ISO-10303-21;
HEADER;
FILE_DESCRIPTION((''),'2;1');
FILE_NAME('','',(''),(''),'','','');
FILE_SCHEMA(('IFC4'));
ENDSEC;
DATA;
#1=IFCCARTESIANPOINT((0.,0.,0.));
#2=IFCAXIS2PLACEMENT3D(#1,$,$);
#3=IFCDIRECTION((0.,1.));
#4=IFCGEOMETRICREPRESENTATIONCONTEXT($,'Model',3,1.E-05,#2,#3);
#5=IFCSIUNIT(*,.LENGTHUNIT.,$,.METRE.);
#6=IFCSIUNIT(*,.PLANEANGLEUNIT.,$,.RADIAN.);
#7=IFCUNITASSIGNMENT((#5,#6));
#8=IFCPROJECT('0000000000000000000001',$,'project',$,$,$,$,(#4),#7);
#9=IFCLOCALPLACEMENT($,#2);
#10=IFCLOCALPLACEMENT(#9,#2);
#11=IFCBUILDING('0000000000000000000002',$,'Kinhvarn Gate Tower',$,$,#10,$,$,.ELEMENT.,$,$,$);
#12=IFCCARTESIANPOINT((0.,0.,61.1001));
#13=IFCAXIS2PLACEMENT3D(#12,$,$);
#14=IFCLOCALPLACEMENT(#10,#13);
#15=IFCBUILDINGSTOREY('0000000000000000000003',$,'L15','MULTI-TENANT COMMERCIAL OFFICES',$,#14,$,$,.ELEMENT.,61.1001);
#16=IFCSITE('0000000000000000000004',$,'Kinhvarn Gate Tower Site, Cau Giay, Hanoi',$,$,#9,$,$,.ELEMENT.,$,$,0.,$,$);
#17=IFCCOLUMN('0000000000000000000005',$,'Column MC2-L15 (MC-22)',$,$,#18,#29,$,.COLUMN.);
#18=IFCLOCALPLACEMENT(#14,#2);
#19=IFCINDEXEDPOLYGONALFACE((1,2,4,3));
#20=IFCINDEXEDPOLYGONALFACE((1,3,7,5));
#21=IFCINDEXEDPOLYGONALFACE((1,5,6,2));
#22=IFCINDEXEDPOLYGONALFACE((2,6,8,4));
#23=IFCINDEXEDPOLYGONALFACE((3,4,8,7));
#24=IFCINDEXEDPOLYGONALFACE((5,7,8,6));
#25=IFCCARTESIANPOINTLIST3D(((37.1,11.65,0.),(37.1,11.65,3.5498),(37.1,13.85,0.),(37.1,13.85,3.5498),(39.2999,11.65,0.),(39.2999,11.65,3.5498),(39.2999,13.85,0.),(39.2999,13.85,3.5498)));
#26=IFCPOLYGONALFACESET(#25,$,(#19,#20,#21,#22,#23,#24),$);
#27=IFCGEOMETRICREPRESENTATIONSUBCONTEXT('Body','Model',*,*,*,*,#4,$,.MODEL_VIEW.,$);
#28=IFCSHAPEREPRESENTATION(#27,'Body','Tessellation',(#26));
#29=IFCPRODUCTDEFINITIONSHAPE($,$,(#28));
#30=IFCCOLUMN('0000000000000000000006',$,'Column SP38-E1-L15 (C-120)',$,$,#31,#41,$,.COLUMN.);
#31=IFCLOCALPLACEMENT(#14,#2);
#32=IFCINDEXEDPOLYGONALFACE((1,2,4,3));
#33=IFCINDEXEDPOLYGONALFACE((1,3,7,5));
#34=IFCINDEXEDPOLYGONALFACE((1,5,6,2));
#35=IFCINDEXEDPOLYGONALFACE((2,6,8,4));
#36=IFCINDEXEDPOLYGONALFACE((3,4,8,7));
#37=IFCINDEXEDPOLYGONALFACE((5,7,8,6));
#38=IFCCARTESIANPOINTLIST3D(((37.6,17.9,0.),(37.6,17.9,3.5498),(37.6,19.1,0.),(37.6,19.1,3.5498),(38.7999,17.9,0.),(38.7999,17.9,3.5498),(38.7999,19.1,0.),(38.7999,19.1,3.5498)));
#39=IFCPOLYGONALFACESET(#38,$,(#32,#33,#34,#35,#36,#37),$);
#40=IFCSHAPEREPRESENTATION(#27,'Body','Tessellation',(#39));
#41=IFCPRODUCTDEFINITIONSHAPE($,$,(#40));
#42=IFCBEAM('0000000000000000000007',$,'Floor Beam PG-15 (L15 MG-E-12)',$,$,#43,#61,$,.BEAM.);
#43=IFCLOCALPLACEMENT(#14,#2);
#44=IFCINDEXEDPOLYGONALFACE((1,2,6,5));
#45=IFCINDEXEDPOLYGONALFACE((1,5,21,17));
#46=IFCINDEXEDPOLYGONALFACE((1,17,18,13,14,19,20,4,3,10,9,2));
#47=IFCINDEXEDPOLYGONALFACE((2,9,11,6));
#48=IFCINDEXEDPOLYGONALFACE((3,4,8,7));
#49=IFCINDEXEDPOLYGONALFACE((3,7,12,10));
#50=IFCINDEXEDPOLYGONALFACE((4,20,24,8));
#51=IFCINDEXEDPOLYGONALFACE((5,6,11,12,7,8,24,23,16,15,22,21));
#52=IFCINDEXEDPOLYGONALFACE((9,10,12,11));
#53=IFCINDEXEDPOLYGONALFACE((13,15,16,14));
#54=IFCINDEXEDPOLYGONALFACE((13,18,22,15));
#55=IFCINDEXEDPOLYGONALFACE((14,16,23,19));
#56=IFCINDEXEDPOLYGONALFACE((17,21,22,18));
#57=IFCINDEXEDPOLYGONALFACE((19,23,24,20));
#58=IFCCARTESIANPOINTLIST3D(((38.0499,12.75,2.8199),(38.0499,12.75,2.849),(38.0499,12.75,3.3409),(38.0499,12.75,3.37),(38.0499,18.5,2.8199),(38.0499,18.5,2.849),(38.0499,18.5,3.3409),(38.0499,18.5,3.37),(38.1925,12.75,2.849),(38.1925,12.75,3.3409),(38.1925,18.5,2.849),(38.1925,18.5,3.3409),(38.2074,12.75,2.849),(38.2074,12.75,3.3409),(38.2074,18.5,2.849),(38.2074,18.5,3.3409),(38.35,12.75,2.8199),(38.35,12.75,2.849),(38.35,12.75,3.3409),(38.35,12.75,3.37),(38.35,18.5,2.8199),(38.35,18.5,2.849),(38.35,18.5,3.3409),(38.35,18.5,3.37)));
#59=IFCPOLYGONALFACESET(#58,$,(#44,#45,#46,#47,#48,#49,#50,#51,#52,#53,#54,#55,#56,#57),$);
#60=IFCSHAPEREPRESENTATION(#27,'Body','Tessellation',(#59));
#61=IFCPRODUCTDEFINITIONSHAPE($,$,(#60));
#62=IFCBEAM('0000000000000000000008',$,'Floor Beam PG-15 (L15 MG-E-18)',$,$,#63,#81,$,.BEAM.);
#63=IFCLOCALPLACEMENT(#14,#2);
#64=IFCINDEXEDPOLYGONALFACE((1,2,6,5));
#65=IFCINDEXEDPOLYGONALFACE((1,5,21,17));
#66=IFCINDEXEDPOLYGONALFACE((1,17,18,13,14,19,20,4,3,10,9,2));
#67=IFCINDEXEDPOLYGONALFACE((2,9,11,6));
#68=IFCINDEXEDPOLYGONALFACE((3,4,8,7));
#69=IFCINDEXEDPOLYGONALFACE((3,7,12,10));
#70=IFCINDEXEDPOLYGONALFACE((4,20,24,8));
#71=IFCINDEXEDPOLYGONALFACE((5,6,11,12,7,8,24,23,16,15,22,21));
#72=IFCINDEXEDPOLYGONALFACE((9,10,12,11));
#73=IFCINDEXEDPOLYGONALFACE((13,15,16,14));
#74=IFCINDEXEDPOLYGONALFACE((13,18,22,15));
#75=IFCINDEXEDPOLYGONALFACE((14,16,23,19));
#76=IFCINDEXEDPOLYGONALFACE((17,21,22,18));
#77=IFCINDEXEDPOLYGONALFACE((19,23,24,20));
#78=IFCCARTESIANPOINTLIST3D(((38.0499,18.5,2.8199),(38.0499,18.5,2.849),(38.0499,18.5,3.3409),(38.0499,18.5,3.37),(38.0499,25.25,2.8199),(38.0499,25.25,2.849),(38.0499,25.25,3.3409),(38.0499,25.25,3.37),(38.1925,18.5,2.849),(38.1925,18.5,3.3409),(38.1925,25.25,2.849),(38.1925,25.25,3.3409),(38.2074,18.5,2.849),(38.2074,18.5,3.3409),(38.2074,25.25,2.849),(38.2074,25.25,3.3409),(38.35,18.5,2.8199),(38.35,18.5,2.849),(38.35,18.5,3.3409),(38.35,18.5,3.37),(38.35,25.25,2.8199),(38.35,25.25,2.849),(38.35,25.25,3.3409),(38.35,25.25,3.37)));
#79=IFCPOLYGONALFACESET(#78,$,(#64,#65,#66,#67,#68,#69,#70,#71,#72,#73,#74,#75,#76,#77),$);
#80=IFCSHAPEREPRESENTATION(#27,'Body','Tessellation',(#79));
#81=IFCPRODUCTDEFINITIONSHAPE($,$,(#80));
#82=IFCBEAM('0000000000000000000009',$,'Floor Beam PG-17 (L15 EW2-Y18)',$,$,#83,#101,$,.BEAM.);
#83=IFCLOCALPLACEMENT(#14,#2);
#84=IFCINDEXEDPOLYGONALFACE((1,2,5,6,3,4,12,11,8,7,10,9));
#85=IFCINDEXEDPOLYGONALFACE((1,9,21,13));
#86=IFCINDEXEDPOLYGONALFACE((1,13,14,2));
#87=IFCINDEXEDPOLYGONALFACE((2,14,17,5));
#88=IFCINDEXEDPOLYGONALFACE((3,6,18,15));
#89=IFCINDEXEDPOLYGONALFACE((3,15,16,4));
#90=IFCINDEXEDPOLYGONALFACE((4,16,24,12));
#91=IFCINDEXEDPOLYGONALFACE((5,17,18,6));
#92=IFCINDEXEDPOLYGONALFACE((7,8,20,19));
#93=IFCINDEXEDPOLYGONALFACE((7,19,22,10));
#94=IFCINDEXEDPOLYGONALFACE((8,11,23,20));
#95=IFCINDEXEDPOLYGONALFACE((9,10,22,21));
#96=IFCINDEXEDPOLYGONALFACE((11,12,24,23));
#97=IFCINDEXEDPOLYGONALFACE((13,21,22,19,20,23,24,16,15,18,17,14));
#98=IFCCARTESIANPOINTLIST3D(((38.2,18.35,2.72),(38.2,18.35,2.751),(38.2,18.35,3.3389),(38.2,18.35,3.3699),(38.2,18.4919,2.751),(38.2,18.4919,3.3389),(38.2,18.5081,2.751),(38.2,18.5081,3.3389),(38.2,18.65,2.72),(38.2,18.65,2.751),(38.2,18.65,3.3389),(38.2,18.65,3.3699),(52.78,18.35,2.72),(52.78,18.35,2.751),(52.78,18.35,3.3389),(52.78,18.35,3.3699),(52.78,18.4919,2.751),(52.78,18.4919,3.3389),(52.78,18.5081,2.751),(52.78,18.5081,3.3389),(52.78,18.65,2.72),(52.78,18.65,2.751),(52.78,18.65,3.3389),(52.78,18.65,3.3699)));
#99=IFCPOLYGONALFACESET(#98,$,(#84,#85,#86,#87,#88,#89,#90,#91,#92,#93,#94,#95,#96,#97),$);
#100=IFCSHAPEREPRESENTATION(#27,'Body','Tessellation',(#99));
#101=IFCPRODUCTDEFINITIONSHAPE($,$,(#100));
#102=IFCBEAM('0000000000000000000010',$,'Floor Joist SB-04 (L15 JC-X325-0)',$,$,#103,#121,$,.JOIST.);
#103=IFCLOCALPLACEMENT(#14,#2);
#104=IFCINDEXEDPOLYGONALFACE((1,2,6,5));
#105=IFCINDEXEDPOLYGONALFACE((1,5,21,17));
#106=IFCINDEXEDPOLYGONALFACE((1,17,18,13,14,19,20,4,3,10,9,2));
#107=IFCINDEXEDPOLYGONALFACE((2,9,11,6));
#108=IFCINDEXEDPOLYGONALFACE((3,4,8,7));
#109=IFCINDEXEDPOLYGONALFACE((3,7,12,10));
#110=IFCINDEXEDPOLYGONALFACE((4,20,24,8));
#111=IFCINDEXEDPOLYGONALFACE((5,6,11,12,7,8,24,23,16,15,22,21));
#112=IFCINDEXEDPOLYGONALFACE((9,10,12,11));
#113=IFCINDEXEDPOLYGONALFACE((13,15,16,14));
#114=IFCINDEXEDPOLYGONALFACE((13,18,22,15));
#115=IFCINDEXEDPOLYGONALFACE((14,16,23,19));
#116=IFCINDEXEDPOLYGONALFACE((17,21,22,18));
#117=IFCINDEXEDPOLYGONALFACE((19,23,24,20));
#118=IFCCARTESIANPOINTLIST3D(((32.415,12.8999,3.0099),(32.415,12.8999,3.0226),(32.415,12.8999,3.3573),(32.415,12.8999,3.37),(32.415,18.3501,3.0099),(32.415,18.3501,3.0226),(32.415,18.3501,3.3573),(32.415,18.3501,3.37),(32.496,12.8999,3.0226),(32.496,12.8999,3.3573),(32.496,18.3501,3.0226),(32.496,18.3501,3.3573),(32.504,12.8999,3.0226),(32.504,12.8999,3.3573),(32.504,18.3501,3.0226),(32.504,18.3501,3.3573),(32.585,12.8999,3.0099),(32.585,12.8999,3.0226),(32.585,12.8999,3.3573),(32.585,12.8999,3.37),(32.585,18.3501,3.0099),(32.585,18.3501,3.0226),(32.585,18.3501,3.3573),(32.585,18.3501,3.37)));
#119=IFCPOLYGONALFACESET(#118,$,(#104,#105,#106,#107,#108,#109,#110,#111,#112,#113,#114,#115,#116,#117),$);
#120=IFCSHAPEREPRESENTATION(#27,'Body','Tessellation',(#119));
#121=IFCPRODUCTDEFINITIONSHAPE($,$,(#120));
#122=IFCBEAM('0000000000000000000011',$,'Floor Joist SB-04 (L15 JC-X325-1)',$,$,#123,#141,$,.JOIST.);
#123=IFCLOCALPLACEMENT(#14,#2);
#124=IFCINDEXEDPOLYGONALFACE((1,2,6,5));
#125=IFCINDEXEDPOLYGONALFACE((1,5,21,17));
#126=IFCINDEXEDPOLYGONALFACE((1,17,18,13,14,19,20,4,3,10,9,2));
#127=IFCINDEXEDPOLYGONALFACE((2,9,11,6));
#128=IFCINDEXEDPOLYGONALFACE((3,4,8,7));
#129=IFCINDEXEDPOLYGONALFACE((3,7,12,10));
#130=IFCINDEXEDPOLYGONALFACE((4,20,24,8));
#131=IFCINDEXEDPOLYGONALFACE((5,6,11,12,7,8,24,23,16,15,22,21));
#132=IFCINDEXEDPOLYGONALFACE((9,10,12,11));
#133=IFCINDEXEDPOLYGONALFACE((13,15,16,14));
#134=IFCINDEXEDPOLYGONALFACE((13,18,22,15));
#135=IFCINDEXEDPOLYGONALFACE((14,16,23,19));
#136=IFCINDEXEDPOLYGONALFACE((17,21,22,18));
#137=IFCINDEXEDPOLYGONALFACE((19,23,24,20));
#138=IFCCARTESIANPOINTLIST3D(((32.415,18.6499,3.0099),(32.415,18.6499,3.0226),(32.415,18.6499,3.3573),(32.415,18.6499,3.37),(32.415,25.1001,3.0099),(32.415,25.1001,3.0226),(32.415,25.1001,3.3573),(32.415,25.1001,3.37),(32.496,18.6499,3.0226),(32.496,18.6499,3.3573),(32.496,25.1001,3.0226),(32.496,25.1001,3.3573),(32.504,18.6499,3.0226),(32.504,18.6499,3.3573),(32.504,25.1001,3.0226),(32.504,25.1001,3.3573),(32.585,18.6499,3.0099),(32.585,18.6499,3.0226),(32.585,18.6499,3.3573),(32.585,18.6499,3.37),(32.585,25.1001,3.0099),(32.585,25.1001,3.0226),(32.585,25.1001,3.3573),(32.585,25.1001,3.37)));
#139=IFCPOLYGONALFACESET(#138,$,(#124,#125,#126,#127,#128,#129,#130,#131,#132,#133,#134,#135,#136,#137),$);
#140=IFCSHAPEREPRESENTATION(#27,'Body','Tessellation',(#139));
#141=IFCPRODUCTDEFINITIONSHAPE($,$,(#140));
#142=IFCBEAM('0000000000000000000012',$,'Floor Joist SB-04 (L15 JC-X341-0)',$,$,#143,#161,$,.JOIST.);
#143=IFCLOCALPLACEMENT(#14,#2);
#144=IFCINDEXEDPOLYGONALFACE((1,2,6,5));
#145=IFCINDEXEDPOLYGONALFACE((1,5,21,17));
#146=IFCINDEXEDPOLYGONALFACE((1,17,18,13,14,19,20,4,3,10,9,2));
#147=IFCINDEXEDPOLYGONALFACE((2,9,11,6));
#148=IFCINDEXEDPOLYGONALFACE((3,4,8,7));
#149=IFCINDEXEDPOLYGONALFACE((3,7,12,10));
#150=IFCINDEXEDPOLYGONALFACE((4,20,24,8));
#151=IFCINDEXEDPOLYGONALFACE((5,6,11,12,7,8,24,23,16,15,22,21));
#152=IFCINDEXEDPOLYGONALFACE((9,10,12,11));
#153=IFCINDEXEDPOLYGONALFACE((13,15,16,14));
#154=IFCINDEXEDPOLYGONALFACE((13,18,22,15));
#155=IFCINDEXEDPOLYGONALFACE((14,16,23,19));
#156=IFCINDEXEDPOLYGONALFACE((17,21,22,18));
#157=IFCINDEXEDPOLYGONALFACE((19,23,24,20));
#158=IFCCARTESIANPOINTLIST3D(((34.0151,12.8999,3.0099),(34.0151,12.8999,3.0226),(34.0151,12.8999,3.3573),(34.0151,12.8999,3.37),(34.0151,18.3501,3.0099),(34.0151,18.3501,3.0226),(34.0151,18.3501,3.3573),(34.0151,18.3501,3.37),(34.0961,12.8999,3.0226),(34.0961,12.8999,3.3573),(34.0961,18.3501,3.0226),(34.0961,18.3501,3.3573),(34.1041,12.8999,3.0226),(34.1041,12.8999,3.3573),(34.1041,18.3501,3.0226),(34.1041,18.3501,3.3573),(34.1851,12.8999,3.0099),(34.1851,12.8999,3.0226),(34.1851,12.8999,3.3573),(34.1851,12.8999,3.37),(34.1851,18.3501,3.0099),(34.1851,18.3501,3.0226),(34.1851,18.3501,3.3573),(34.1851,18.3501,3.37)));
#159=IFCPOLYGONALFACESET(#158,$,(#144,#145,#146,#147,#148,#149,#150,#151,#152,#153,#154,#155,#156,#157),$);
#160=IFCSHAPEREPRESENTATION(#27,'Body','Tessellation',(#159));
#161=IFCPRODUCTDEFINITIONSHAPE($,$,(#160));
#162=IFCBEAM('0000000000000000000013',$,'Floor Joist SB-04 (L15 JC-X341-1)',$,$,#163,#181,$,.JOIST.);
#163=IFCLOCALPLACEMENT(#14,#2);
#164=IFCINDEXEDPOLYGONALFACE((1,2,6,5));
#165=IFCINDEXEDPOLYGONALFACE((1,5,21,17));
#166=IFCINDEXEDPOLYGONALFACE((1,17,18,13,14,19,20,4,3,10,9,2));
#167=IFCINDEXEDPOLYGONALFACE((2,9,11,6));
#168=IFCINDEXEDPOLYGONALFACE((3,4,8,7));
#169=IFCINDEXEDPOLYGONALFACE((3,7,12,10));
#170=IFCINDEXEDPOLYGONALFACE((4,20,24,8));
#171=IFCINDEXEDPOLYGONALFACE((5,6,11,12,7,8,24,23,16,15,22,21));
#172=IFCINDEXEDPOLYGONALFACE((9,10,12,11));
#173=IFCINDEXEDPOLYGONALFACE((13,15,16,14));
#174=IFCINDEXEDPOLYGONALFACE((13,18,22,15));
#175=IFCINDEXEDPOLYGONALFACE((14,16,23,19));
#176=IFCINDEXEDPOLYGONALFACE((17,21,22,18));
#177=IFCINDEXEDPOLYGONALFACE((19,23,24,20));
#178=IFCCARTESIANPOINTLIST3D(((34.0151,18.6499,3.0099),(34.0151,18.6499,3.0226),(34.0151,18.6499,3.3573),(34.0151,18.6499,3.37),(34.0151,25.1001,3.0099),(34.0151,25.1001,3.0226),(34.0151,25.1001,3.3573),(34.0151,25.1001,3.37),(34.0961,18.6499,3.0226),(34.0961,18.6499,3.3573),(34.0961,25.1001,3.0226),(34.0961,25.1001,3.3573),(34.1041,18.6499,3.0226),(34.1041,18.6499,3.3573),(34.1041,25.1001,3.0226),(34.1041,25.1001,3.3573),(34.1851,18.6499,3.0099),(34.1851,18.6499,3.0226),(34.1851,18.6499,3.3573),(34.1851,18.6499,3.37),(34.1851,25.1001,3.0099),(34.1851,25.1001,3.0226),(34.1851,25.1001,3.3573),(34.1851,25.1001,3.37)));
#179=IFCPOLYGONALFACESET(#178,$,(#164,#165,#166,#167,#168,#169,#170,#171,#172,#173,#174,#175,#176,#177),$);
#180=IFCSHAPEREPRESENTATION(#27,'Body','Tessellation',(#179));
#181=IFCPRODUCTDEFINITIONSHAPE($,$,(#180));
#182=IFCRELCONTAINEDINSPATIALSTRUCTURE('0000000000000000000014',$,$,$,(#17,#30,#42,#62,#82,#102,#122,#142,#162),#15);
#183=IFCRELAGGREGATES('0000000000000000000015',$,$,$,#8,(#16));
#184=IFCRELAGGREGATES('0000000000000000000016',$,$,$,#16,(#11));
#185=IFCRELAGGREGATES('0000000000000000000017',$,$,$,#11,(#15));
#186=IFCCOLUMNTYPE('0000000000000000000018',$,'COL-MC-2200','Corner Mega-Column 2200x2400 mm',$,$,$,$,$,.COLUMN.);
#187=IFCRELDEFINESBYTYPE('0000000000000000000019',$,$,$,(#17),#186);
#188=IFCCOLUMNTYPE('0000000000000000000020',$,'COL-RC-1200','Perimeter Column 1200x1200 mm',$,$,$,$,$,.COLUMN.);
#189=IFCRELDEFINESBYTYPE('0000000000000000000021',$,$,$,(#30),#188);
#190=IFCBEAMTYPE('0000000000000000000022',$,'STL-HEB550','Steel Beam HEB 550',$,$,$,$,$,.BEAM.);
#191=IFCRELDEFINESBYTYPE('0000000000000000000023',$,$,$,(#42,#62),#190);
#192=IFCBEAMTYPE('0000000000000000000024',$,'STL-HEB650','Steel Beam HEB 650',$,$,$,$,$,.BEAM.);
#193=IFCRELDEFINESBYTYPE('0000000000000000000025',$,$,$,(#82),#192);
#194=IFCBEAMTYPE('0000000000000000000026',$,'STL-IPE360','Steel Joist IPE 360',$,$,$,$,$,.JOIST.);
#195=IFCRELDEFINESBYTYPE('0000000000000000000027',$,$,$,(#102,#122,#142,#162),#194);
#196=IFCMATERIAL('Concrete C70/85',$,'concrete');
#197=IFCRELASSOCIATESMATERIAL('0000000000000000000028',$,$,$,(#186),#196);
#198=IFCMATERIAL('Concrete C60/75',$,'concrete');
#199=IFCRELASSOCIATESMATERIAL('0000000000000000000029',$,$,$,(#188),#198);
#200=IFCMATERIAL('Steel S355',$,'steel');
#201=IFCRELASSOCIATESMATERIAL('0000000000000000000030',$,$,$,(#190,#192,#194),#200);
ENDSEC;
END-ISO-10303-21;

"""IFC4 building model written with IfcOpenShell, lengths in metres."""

from ifc_helpers import new_model, si_unit, direction, frame, origin, origin_2d, place, context, subcontext, project, spatial, rectangle, i_section, extrude, material, material_profile, profile_set, type_object, element, save


model = new_model("IFC4")

# Units and contexts
model_context = context("Model", 3, precision=1e-05, world=origin(), true_north=direction((0.0, 1.0)))
body_context = subcontext(model_context, "Body", "Model", "MODEL_VIEW")
ifc_project = project(units=[si_unit("LENGTHUNIT", "METRE"), si_unit("PLANEANGLEUNIT", "RADIAN")], contexts=[model_context])

# Site, building, storey
site_placement = place(None, origin())
site = spatial("IfcSite", under=ifc_project, at=site_placement, Name="Kinhvarn Gate Tower Site, Cau Giay, Hanoi", CompositionType="ELEMENT", RefElevation=0.0)
building_placement = place(site_placement, origin())
building = spatial("IfcBuilding", under=site, at=building_placement, Name="Kinhvarn Gate Tower", CompositionType="ELEMENT")
storey_placement = place(building_placement, frame((0.0, 0.0, 61.1001)))
storey = spatial("IfcBuildingStorey", under=building, at=storey_placement, Name="L15", Description="MULTI-TENANT COMMERCIAL OFFICES", CompositionType="ELEMENT", Elevation=61.1001)

# Columns
ifc_material_1 = material(Name="Concrete C70/85", Category="concrete")
ifc_material_profile_1 = material_profile(ifc_material_1, rectangle(XDim=2.2, YDim=2.2, at=origin_2d()), Name="RC 2200x2200")
ifc_profile_set_1 = profile_set([ifc_material_profile_1], Name="Concrete C70/85")
column_type_1 = type_object("IfcColumnType", Name="COL-MC-2200", Description="Corner Mega-Column 2200x2400 mm", PredefinedType="COLUMN", material=ifc_profile_set_1)
column_1_placement = place(storey_placement, frame((38.2, 12.75, 0.0), z_axis=(0.0, 0.0, 1.0), x_axis=(1.0, 0.0, 0.0)))
element("IfcColumn", 1, at=column_1_placement, inside=storey, type_object=column_type_1, Name="Column MC2-L15 (MC-22)", PredefinedType="COLUMN", context=body_context, shape_type="SweptSolid", body=[
    extrude(rectangle(XDim=2.2, YDim=2.2, at=origin_2d()), origin(), (0.0, 0.0, 1.0), 3.5498),
])
ifc_material_2 = material(Name="Concrete C60/75", Category="concrete")
ifc_material_profile_2 = material_profile(ifc_material_2, rectangle(XDim=1.2, YDim=1.2, at=origin_2d()), Name="RC 1200x1200")
ifc_profile_set_2 = profile_set([ifc_material_profile_2], Name="Concrete C60/75")
column_type_2 = type_object("IfcColumnType", Name="COL-RC-1200", Description="Perimeter Column 1200x1200 mm", PredefinedType="COLUMN", material=ifc_profile_set_2)
column_2_placement = place(storey_placement, frame((38.2, 18.5, 0.0), z_axis=(0.0, 0.0, 1.0), x_axis=(1.0, 0.0, 0.0)))
element("IfcColumn", 2, at=column_2_placement, inside=storey, type_object=column_type_2, Name="Column SP38-E1-L15 (C-120)", PredefinedType="COLUMN", context=body_context, shape_type="SweptSolid", body=[
    extrude(rectangle(XDim=1.2, YDim=1.2, at=origin_2d()), origin(), (0.0, 0.0, 1.0), 3.5498),
])

# Beams
ifc_material_3 = material(Name="Steel S355", Category="steel")
ifc_material_profile_3 = material_profile(ifc_material_3, i_section(OverallWidth=0.3, OverallDepth=0.55, WebThickness=0.0149, FlangeThickness=0.0291, at=origin_2d()), Name="HEB 550")
ifc_profile_set_3 = profile_set([ifc_material_profile_3], Name="Steel S355")
beam_type_1 = type_object("IfcBeamType", Name="STL-HEB550", Description="Steel Beam HEB 550", PredefinedType="BEAM", material=ifc_profile_set_3)
beam_1_placement = place(storey_placement, frame((38.2, 12.75, 3.095), z_axis=(0.0, 1.0, 0.0), x_axis=(-1.0, 0.0, 0.0)))
element("IfcBeam", 3, at=beam_1_placement, inside=storey, type_object=beam_type_1, Name="Floor Beam PG-15 (L15 MG-E-12)", PredefinedType="BEAM", context=body_context, shape_type="SweptSolid", body=[
    extrude(i_section(OverallWidth=0.3, OverallDepth=0.55, WebThickness=0.0149, FlangeThickness=0.0291, at=origin_2d()), origin(), (0.0, 0.0, 1.0), 5.75),
])
beam_2_placement = place(storey_placement, frame((38.2, 18.5, 3.095), z_axis=(0.0, 1.0, 0.0), x_axis=(-1.0, 0.0, 0.0)))
element("IfcBeam", 4, at=beam_2_placement, inside=storey, type_object=beam_type_1, Name="Floor Beam PG-15 (L15 MG-E-18)", PredefinedType="BEAM", context=body_context, shape_type="SweptSolid", body=[
    extrude(i_section(OverallWidth=0.3, OverallDepth=0.55, WebThickness=0.0149, FlangeThickness=0.0291, at=origin_2d()), origin(), (0.0, 0.0, 1.0), 6.75),
])
ifc_material_profile_4 = material_profile(ifc_material_3, i_section(OverallWidth=0.3, OverallDepth=0.6499, WebThickness=0.0161, FlangeThickness=0.031, at=origin_2d()), Name="HEB 650")
ifc_profile_set_4 = profile_set([ifc_material_profile_4], Name="Steel S355")
beam_type_2 = type_object("IfcBeamType", Name="STL-HEB650", Description="Steel Beam HEB 650", PredefinedType="BEAM", material=ifc_profile_set_4)
beam_3_placement = place(storey_placement, frame((38.2, 18.5, 3.0449), z_axis=(1.0, 0.0, 0.0), x_axis=(0.0, 1.0, 0.0)))
element("IfcBeam", 5, at=beam_3_placement, inside=storey, type_object=beam_type_2, Name="Floor Beam PG-17 (L15 EW2-Y18)", PredefinedType="BEAM", context=body_context, shape_type="SweptSolid", body=[
    extrude(i_section(OverallWidth=0.3, OverallDepth=0.6499, WebThickness=0.0161, FlangeThickness=0.031, at=origin_2d()), origin(), (0.0, 0.0, 1.0), 14.5801),
])
ifc_material_profile_5 = material_profile(ifc_material_3, i_section(OverallWidth=0.1699, OverallDepth=0.3601, WebThickness=0.0081, FlangeThickness=0.0127, at=origin_2d()), Name="IPE 360")
ifc_profile_set_5 = profile_set([ifc_material_profile_5], Name="Steel S355")
beam_type_3 = type_object("IfcBeamType", Name="STL-IPE360", Description="Steel Joist IPE 360", PredefinedType="JOIST", material=ifc_profile_set_5)
beam_4_placement = place(storey_placement, frame((32.5, 12.8999, 3.1899), z_axis=(0.0, 1.0, 0.0), x_axis=(-1.0, 0.0, 0.0)))
element("IfcBeam", 6, at=beam_4_placement, inside=storey, type_object=beam_type_3, Name="Floor Joist SB-04 (L15 JC-X325-0)", PredefinedType="JOIST", context=body_context, shape_type="SweptSolid", body=[
    extrude(i_section(OverallWidth=0.1699, OverallDepth=0.3601, WebThickness=0.0081, FlangeThickness=0.0127, at=origin_2d()), origin(), (0.0, 0.0, 1.0), 5.4502),
])
beam_5_placement = place(storey_placement, frame((32.5, 18.6499, 3.1899), z_axis=(0.0, 1.0, 0.0), x_axis=(-1.0, 0.0, 0.0)))
element("IfcBeam", 7, at=beam_5_placement, inside=storey, type_object=beam_type_3, Name="Floor Joist SB-04 (L15 JC-X325-1)", PredefinedType="JOIST", context=body_context, shape_type="SweptSolid", body=[
    extrude(i_section(OverallWidth=0.1699, OverallDepth=0.3601, WebThickness=0.0081, FlangeThickness=0.0127, at=origin_2d()), origin(), (0.0, 0.0, 1.0), 6.4502),
])
beam_6_placement = place(storey_placement, frame((34.1001, 12.8999, 3.1899), z_axis=(0.0, 1.0, 0.0), x_axis=(-1.0, 0.0, 0.0)))
element("IfcBeam", 8, at=beam_6_placement, inside=storey, type_object=beam_type_3, Name="Floor Joist SB-04 (L15 JC-X341-0)", PredefinedType="JOIST", context=body_context, shape_type="SweptSolid", body=[
    extrude(i_section(OverallWidth=0.1699, OverallDepth=0.3601, WebThickness=0.0081, FlangeThickness=0.0127, at=origin_2d()), origin(), (0.0, 0.0, 1.0), 5.4502),
])
beam_7_placement = place(storey_placement, frame((34.1001, 18.6499, 3.1899), z_axis=(0.0, 1.0, 0.0), x_axis=(-1.0, 0.0, 0.0)))
element("IfcBeam", 9, at=beam_7_placement, inside=storey, type_object=beam_type_3, Name="Floor Joist SB-04 (L15 JC-X341-1)", PredefinedType="JOIST", context=body_context, shape_type="SweptSolid", body=[
    extrude(i_section(OverallWidth=0.1699, OverallDepth=0.3601, WebThickness=0.0081, FlangeThickness=0.0127, at=origin_2d()), origin(), (0.0, 0.0, 1.0), 6.4502),
])

save(model, "model.ifc")
